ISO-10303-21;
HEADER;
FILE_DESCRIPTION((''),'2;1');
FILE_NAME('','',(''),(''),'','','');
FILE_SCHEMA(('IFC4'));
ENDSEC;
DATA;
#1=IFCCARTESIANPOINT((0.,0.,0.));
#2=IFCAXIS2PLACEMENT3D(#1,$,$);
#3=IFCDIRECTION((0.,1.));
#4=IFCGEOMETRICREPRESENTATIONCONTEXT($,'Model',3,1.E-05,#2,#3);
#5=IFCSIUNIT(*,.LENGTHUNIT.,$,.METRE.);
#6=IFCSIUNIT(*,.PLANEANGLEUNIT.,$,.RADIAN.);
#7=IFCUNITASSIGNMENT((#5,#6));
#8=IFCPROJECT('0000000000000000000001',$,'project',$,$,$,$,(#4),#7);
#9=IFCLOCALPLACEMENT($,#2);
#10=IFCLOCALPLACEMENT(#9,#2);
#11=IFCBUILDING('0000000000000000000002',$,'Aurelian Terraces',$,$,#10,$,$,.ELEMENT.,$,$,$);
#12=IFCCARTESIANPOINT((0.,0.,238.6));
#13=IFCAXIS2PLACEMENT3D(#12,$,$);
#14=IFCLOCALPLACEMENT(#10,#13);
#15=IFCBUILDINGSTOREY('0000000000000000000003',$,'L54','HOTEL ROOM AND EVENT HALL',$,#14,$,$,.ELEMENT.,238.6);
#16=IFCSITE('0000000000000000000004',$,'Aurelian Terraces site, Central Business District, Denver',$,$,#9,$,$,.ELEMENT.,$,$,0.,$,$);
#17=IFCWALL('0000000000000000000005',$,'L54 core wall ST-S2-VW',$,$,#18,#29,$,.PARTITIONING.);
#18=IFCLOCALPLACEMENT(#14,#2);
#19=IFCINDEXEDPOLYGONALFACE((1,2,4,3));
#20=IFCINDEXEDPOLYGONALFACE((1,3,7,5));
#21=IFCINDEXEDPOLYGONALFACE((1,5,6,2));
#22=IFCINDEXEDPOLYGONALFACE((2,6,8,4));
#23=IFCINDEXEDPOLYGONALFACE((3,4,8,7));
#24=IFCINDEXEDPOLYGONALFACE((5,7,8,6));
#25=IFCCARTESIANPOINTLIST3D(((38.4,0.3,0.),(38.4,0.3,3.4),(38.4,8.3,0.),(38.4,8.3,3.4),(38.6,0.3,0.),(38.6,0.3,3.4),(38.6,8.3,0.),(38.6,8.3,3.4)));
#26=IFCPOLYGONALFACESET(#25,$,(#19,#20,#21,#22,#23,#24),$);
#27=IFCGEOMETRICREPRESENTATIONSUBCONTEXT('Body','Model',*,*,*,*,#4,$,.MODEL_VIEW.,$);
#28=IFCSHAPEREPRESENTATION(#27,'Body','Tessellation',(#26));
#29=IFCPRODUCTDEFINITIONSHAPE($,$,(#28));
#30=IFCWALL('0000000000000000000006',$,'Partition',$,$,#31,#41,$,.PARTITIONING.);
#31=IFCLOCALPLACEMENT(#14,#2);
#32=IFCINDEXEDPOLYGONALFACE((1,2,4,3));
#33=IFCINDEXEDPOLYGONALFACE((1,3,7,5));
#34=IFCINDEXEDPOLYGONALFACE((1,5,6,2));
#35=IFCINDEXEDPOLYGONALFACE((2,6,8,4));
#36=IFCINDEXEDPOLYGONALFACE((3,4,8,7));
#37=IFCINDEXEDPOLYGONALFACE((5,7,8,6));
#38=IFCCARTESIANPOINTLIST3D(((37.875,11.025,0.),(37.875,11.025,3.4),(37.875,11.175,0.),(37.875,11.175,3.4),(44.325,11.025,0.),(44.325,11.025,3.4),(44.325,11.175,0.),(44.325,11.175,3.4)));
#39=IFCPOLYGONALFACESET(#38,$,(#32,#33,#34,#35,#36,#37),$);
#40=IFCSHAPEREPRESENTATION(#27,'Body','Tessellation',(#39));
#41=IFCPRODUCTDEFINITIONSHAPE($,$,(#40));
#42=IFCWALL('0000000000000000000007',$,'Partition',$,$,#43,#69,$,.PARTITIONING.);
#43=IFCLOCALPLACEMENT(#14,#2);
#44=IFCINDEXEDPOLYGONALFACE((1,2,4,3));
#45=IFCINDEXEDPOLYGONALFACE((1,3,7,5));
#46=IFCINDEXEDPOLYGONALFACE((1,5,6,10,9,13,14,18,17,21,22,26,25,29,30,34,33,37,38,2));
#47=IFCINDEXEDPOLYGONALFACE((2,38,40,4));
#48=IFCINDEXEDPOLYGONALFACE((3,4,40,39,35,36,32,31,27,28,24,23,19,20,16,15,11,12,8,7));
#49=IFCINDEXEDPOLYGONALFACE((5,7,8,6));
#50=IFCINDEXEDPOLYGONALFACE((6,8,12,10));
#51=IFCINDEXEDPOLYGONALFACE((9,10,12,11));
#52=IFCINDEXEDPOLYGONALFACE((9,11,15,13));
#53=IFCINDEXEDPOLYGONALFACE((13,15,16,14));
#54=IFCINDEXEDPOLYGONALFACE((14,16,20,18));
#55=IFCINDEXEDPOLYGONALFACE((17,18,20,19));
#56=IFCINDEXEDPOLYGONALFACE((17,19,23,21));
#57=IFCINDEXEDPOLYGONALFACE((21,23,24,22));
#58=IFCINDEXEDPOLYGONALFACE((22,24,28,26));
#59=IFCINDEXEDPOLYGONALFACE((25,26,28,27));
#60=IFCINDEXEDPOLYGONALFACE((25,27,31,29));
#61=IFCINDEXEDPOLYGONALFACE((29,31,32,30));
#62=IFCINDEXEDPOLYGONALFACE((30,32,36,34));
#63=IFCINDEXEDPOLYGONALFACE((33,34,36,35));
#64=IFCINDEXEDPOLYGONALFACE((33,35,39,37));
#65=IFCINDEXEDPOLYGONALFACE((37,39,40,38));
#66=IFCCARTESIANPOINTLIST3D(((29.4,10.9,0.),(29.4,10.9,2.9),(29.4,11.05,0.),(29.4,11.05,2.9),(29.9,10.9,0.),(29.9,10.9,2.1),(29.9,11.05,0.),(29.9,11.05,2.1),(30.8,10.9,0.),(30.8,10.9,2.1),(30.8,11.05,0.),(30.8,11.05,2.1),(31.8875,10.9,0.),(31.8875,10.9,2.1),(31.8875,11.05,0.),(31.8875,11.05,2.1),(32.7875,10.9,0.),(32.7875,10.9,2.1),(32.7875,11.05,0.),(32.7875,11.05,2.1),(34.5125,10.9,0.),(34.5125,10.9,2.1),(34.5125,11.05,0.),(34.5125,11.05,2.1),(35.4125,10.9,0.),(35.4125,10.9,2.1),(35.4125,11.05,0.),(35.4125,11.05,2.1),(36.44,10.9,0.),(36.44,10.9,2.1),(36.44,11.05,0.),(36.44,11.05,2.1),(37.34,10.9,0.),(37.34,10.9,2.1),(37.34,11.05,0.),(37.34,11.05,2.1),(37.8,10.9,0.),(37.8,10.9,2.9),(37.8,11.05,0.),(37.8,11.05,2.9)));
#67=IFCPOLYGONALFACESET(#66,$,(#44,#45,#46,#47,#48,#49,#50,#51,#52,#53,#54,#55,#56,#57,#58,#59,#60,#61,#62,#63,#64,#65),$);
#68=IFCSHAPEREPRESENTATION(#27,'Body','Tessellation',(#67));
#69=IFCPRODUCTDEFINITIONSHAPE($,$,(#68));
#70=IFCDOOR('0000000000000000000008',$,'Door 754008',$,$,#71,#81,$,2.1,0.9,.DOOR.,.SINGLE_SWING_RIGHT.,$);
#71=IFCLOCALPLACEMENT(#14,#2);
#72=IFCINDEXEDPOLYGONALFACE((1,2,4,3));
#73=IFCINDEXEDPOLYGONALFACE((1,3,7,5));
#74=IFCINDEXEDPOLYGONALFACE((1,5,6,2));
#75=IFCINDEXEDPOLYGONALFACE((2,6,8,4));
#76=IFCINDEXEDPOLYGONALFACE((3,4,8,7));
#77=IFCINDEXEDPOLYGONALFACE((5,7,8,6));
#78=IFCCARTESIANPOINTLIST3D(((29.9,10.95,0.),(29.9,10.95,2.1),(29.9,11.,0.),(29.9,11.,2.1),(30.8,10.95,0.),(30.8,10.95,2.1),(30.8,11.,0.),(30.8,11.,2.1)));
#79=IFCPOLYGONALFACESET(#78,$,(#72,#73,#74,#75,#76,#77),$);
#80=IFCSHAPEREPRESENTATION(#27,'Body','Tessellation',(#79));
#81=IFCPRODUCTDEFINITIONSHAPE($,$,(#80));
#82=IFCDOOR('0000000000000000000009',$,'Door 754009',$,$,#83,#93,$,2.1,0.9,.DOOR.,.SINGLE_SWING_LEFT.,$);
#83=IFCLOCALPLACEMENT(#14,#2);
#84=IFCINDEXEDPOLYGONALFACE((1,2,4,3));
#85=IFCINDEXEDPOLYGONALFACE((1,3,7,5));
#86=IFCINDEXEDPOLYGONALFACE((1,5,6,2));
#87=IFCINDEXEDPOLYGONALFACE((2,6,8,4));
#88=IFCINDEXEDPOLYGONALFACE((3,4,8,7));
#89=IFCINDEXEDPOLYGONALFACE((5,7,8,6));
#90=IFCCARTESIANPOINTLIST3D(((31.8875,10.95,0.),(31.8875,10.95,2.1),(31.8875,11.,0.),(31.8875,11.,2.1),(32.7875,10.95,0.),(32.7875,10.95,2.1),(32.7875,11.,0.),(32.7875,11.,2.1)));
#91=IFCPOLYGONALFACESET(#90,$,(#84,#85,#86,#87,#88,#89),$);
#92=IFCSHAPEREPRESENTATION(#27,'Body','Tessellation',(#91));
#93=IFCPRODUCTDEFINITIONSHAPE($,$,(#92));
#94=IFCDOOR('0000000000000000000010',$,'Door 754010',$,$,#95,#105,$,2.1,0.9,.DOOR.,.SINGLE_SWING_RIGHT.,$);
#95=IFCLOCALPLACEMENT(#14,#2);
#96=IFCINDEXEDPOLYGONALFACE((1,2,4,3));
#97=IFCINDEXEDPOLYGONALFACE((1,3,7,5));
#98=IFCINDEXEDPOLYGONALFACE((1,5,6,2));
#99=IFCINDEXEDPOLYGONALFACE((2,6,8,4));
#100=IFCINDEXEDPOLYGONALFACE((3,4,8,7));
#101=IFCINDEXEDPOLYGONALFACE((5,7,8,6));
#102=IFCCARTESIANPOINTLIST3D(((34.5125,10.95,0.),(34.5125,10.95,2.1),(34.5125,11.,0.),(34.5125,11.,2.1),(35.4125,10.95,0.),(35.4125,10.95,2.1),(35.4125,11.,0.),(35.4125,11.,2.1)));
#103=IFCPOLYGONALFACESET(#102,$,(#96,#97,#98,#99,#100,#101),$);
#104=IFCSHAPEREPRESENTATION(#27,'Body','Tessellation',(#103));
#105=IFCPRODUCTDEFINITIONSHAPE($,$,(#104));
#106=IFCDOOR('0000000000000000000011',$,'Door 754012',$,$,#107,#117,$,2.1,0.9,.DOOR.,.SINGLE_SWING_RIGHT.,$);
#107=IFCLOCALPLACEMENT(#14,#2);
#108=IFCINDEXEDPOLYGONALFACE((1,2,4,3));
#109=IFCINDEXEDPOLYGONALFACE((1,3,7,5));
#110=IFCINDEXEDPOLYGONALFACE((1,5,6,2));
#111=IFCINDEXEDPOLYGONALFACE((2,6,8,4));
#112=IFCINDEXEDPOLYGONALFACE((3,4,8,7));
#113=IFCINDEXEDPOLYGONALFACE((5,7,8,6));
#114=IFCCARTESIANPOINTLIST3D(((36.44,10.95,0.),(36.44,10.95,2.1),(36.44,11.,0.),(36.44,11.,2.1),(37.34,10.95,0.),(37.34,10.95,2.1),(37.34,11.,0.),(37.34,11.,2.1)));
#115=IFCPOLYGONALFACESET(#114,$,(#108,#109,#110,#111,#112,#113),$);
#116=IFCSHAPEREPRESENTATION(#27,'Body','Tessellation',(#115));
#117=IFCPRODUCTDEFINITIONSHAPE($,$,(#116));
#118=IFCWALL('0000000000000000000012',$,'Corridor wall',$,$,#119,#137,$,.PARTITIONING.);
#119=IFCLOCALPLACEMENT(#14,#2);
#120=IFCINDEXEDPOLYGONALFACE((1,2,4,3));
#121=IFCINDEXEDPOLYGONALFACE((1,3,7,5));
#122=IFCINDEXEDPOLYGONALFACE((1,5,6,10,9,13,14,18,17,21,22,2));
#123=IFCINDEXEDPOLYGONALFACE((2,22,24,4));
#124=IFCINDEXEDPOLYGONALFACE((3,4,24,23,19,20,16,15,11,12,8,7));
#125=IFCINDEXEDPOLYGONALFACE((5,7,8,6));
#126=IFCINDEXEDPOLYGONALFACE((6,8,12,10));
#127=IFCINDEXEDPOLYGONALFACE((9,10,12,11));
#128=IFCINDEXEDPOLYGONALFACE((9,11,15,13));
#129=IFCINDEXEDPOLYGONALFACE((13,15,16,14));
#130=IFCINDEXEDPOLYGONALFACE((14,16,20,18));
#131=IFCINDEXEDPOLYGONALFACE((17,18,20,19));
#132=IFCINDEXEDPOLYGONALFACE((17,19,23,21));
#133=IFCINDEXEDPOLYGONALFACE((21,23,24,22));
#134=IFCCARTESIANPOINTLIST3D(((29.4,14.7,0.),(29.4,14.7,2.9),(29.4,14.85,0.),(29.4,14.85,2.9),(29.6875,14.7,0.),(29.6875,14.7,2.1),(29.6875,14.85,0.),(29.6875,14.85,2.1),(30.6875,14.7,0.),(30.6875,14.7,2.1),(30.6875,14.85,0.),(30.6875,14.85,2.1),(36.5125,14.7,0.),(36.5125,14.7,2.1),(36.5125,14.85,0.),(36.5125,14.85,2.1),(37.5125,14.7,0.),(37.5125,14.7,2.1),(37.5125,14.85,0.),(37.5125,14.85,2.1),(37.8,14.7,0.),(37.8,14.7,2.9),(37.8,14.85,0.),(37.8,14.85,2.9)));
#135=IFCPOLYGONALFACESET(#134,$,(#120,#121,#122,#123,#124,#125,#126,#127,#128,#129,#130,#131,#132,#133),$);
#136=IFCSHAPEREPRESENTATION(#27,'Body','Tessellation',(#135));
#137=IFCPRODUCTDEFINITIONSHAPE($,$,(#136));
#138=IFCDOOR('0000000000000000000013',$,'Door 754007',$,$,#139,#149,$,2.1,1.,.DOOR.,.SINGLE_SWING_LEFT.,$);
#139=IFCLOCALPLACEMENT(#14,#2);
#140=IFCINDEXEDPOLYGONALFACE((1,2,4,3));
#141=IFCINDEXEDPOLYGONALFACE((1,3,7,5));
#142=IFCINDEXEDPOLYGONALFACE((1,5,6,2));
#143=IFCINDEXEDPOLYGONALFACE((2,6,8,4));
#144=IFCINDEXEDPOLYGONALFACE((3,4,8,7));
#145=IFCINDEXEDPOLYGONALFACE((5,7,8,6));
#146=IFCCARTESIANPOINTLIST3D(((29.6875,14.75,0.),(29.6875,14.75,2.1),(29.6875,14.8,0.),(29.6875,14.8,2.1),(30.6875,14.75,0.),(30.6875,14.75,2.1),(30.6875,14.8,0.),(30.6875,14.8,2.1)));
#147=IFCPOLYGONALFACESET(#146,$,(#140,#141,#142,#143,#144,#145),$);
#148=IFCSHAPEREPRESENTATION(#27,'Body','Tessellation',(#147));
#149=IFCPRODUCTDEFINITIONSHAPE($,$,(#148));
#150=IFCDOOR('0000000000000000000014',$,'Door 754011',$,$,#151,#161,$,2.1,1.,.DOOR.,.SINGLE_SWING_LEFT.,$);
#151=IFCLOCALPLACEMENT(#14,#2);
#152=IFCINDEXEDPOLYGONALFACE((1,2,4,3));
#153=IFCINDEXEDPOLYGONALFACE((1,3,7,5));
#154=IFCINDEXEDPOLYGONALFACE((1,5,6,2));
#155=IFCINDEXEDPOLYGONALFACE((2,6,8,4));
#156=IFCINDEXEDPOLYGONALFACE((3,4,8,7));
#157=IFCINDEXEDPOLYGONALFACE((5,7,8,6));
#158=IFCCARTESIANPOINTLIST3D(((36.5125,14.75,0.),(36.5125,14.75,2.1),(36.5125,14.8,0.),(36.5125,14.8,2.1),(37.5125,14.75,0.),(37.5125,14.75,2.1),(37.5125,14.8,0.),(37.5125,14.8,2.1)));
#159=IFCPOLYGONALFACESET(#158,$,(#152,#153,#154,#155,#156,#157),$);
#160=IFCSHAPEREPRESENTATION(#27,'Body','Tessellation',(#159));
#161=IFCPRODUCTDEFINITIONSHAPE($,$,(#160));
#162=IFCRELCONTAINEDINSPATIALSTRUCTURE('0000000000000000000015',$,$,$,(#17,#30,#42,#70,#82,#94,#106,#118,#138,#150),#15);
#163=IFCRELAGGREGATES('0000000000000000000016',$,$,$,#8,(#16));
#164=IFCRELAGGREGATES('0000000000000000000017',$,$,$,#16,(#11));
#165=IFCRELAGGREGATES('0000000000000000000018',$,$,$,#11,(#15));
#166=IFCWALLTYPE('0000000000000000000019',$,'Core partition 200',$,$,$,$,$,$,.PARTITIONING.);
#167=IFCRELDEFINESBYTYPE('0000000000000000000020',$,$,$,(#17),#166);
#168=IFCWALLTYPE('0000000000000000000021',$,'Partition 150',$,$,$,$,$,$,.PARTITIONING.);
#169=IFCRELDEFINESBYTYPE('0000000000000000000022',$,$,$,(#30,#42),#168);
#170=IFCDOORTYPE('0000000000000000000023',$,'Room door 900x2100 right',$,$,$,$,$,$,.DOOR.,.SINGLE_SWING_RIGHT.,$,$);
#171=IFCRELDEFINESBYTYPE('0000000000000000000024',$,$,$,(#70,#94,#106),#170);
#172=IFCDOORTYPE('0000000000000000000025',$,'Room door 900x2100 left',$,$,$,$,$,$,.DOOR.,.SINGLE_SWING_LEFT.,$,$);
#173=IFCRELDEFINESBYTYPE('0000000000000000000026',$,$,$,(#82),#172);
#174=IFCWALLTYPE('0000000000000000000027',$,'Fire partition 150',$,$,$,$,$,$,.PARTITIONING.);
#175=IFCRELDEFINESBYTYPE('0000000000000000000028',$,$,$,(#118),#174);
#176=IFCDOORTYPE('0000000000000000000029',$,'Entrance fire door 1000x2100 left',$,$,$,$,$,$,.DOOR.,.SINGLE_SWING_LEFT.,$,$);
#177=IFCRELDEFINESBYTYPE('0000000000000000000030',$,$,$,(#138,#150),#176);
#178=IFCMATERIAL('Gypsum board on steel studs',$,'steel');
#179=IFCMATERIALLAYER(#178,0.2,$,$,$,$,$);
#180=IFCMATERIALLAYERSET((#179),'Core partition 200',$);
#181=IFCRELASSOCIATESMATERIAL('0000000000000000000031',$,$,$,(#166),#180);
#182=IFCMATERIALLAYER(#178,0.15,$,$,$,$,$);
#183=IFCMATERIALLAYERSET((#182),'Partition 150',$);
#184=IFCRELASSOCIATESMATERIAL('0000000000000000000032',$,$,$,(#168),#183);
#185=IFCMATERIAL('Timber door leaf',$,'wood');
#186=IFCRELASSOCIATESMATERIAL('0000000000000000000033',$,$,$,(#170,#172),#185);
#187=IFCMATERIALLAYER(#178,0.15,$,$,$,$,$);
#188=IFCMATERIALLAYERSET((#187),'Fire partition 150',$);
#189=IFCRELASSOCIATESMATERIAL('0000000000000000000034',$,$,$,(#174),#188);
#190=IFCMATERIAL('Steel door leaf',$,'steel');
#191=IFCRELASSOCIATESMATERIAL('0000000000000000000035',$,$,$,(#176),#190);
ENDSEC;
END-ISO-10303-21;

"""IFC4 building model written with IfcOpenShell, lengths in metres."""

from ifc_helpers import new_model, si_unit, direction, frame, frame_2d, origin, place, context, subcontext, project, spatial, rectangle, extrude, source, transform, mapped, material, layer, layer_set, type_object, element, fill, save


model = new_model("IFC4")

# Units and contexts
model_context = context("Model", 3, precision=1e-05, world=origin(), true_north=direction((0.0, 1.0)))
body_context = subcontext(model_context, "Body", "Model", "MODEL_VIEW")
ifc_project = project(units=[si_unit("LENGTHUNIT", "METRE"), si_unit("PLANEANGLEUNIT", "RADIAN")], contexts=[model_context])

# Site, building, storey
site_placement = place(None, origin())
site = spatial("IfcSite", under=ifc_project, at=site_placement, Name="Aurelian Terraces site, Central Business District, Denver", CompositionType="ELEMENT", RefElevation=0.0)
building_placement = place(site_placement, origin())
building = spatial("IfcBuilding", under=site, at=building_placement, Name="Aurelian Terraces", CompositionType="ELEMENT")
storey_placement = place(building_placement, frame((0.0, 0.0, 238.6)))
storey = spatial("IfcBuildingStorey", under=building, at=storey_placement, Name="L54", Description="HOTEL ROOM AND EVENT HALL", CompositionType="ELEMENT", Elevation=238.6)

# Shared definitions
ifc_material_1 = material(Name="Steel door leaf", Category="steel")

# Shared definitions
ifc_material_2 = material(Name="Gypsum board on steel studs", Category="steel")
ifc_layer_1 = layer(ifc_material_2, 0.2)
ifc_layer_set_1 = layer_set([ifc_layer_1], Name="Core partition 200")
wall_type_1 = type_object("IfcWallType", Name="Core partition 200", PredefinedType="PARTITIONING", material=ifc_layer_set_1)
shared_shape_1 = source(origin(), body_context, "Body", "SweptSolid", [
    extrude(rectangle(XDim=0.9, YDim=2.1, at=frame_2d((0.45, 1.05))), frame((0.0, 0.025, 0.0), z_axis=(0.0, -1.0, 0.0), x_axis=(1.0, 0.0, 0.0)), (0.0, 0.0, 1.0), 0.05),
])

# Walls
shared_shape_2 = source(origin(), body_context, "Body", "SweptSolid", [
    extrude(rectangle(XDim=8.0, YDim=0.2, at=frame_2d((4.0, 0.0))), origin(), (0.0, 0.0, 1.0), 3.4),
])
wall_1_placement = place(storey_placement, frame((38.5, 0.3, 0.0), z_axis=(0.0, 0.0, 1.0), x_axis=(0.0, 1.0, 0.0)))
element("IfcWall", 1, at=wall_1_placement, inside=storey, type_object=wall_type_1, Name="L54 core wall ST-S2-VW", PredefinedType="PARTITIONING", context=body_context, shape_type="MappedRepresentation", body=[
    mapped(shared_shape_2, transform((0.0, 0.0, 0.0), scale=1.0)),
])
ifc_layer_2 = layer(ifc_material_2, 0.15)
ifc_layer_set_2 = layer_set([ifc_layer_2], Name="Partition 150")
wall_type_2 = type_object("IfcWallType", Name="Partition 150", PredefinedType="PARTITIONING", material=ifc_layer_set_2)
shared_shape_3 = source(origin(), body_context, "Body", "SweptSolid", [
    extrude(rectangle(XDim=6.45, YDim=0.15, at=frame_2d((3.225, 0.0))), origin(), (0.0, 0.0, 1.0), 3.4),
])
wall_2_placement = place(storey_placement, frame((37.875, 11.1, 0.0), z_axis=(0.0, 0.0, 1.0), x_axis=(1.0, 0.0, 0.0)))
element("IfcWall", 2, at=wall_2_placement, inside=storey, type_object=wall_type_2, Name="Partition", PredefinedType="PARTITIONING", context=body_context, shape_type="MappedRepresentation", body=[
    mapped(shared_shape_3, transform((0.0, 0.0, 0.0), scale=1.0)),
])

# Walls, openings, doors
shared_shape_4 = source(origin(), body_context, "Body", "SweptSolid", [
    extrude(rectangle(XDim=8.4, YDim=0.15, at=frame_2d((4.2, 0.0))), origin(), (0.0, 0.0, 1.0), 2.9),
])
wall_3_placement = place(storey_placement, frame((37.8, 10.975, 0.0), z_axis=(0.0, 0.0, 1.0), x_axis=(-1.0, 0.0, 0.0)))
wall_3 = element("IfcWall", 3, at=wall_3_placement, inside=storey, type_object=wall_type_2, Name="Partition", PredefinedType="PARTITIONING", context=body_context, shape_type="MappedRepresentation", body=[
    mapped(shared_shape_4, transform((0.0, 0.0, 0.0), scale=1.0)),
])
shared_shape_5 = source(origin(), body_context, "Body", "SweptSolid", [
    extrude(rectangle(XDim=0.9, YDim=2.1, at=frame_2d((0.45, 1.05))), frame((0.0, 0.085, 0.0), z_axis=(0.0, -1.0, 0.0), x_axis=(1.0, 0.0, 0.0)), (0.0, 0.0, 1.0), 0.17),
])
opening_1_placement = place(wall_3_placement, frame((7.0, 0.0, 0.0)))
opening_1 = element("IfcOpeningElement", 4, at=opening_1_placement, cuts=wall_3, PredefinedType="OPENING", context=body_context, shape_type="MappedRepresentation", body=[
    mapped(shared_shape_5, transform((0.0, 0.0, 0.0), scale=1.0)),
])
opening_2_placement = place(wall_3_placement, frame((5.0125, 0.0, 0.0)))
opening_2 = element("IfcOpeningElement", 5, at=opening_2_placement, cuts=wall_3, PredefinedType="OPENING", context=body_context, shape_type="MappedRepresentation", body=[
    mapped(shared_shape_5, transform((0.0, 0.0, 0.0), scale=1.0)),
])
opening_3_placement = place(wall_3_placement, frame((2.3875, 0.0, 0.0)))
opening_3 = element("IfcOpeningElement", 6, at=opening_3_placement, cuts=wall_3, PredefinedType="OPENING", context=body_context, shape_type="MappedRepresentation", body=[
    mapped(shared_shape_5, transform((0.0, 0.0, 0.0), scale=1.0)),
])
opening_4_placement = place(wall_3_placement, frame((0.46, 0.0, 0.0)))
opening_4 = element("IfcOpeningElement", 7, at=opening_4_placement, cuts=wall_3, PredefinedType="OPENING", context=body_context, shape_type="MappedRepresentation", body=[
    mapped(shared_shape_5, transform((0.0, 0.0, 0.0), scale=1.0)),
])
ifc_material_3 = material(Name="Timber door leaf", Category="wood")
door_type_1 = type_object("IfcDoorType", Name="Room door 900x2100 right", OperationType="SINGLE_SWING_RIGHT", PredefinedType="DOOR", material=ifc_material_3)
door_1_placement = place(opening_1_placement, origin())
door_1 = element("IfcDoor", 8, at=door_1_placement, inside=storey, type_object=door_type_1, Name="Door 754008", OperationType="SINGLE_SWING_RIGHT", OverallHeight=2.1, OverallWidth=0.9, PredefinedType="DOOR", context=body_context, shape_type="MappedRepresentation", body=[
    mapped(shared_shape_1, transform((0.0, 0.0, 0.0), scale=1.0)),
])
fill(opening_1, door_1)
door_type_2 = type_object("IfcDoorType", Name="Room door 900x2100 left", OperationType="SINGLE_SWING_LEFT", PredefinedType="DOOR", material=ifc_material_3)
door_2_placement = place(opening_2_placement, origin())
door_2 = element("IfcDoor", 9, at=door_2_placement, inside=storey, type_object=door_type_2, Name="Door 754009", OperationType="SINGLE_SWING_LEFT", OverallHeight=2.1, OverallWidth=0.9, PredefinedType="DOOR", context=body_context, shape_type="MappedRepresentation", body=[
    mapped(shared_shape_1, transform((0.0, 0.0, 0.0), scale=1.0)),
])
fill(opening_2, door_2)
door_3_placement = place(opening_3_placement, origin())
door_3 = element("IfcDoor", 10, at=door_3_placement, inside=storey, type_object=door_type_1, Name="Door 754010", OperationType="SINGLE_SWING_RIGHT", OverallHeight=2.1, OverallWidth=0.9, PredefinedType="DOOR", context=body_context, shape_type="MappedRepresentation", body=[
    mapped(shared_shape_1, transform((0.0, 0.0, 0.0), scale=1.0)),
])
fill(opening_3, door_3)
door_4_placement = place(opening_4_placement, origin())
door_4 = element("IfcDoor", 11, at=door_4_placement, inside=storey, type_object=door_type_1, Name="Door 754012", OperationType="SINGLE_SWING_RIGHT", OverallHeight=2.1, OverallWidth=0.9, PredefinedType="DOOR", context=body_context, shape_type="MappedRepresentation", body=[
    mapped(shared_shape_1, transform((0.0, 0.0, 0.0), scale=1.0)),
])
fill(opening_4, door_4)
ifc_layer_3 = layer(ifc_material_2, 0.15)
ifc_layer_set_3 = layer_set([ifc_layer_3], Name="Fire partition 150")
wall_type_3 = type_object("IfcWallType", Name="Fire partition 150", PredefinedType="PARTITIONING", material=ifc_layer_set_3)
wall_4_placement = place(storey_placement, frame((37.8, 14.775, 0.0), z_axis=(0.0, 0.0, 1.0), x_axis=(-1.0, 0.0, 0.0)))
wall_4 = element("IfcWall", 12, at=wall_4_placement, inside=storey, type_object=wall_type_3, Name="Corridor wall", PredefinedType="PARTITIONING", context=body_context, shape_type="MappedRepresentation", body=[
    mapped(shared_shape_4, transform((0.0, 0.0, 0.0), scale=1.0)),
])
shared_shape_6 = source(origin(), body_context, "Body", "SweptSolid", [
    extrude(rectangle(XDim=1.0, YDim=2.1, at=frame_2d((0.5, 1.05))), frame((0.0, 0.085, 0.0), z_axis=(0.0, -1.0, 0.0), x_axis=(1.0, 0.0, 0.0)), (0.0, 0.0, 1.0), 0.17),
])
opening_5_placement = place(wall_4_placement, frame((7.1125, 0.0, 0.0)))
opening_5 = element("IfcOpeningElement", 13, at=opening_5_placement, cuts=wall_4, PredefinedType="OPENING", context=body_context, shape_type="MappedRepresentation", body=[
    mapped(shared_shape_6, transform((0.0, 0.0, 0.0), scale=1.0)),
])
opening_6_placement = place(wall_4_placement, frame((0.2875, 0.0, 0.0)))
opening_6 = element("IfcOpeningElement", 14, at=opening_6_placement, cuts=wall_4, PredefinedType="OPENING", context=body_context, shape_type="MappedRepresentation", body=[
    mapped(shared_shape_6, transform((0.0, 0.0, 0.0), scale=1.0)),
])
door_type_3 = type_object("IfcDoorType", Name="Entrance fire door 1000x2100 left", OperationType="SINGLE_SWING_LEFT", PredefinedType="DOOR", material=ifc_material_1)
shared_shape_7 = source(origin(), body_context, "Body", "SweptSolid", [
    extrude(rectangle(XDim=1.0, YDim=2.1, at=frame_2d((0.5, 1.05))), frame((0.0, 0.025, 0.0), z_axis=(0.0, -1.0, 0.0), x_axis=(1.0, 0.0, 0.0)), (0.0, 0.0, 1.0), 0.05),
])
door_5_placement = place(opening_5_placement, origin())
door_5 = element("IfcDoor", 15, at=door_5_placement, inside=storey, type_object=door_type_3, Name="Door 754007", OperationType="SINGLE_SWING_LEFT", OverallHeight=2.1, OverallWidth=1.0, PredefinedType="DOOR", context=body_context, shape_type="MappedRepresentation", body=[
    mapped(shared_shape_7, transform((0.0, 0.0, 0.0), scale=1.0)),
])
fill(opening_5, door_5)
door_6_placement = place(opening_6_placement, origin())
door_6 = element("IfcDoor", 16, at=door_6_placement, inside=storey, type_object=door_type_3, Name="Door 754011", OperationType="SINGLE_SWING_LEFT", OverallHeight=2.1, OverallWidth=1.0, PredefinedType="DOOR", context=body_context, shape_type="MappedRepresentation", body=[
    mapped(shared_shape_7, transform((0.0, 0.0, 0.0), scale=1.0)),
])
fill(opening_6, door_6)

save(model, "model.ifc")
